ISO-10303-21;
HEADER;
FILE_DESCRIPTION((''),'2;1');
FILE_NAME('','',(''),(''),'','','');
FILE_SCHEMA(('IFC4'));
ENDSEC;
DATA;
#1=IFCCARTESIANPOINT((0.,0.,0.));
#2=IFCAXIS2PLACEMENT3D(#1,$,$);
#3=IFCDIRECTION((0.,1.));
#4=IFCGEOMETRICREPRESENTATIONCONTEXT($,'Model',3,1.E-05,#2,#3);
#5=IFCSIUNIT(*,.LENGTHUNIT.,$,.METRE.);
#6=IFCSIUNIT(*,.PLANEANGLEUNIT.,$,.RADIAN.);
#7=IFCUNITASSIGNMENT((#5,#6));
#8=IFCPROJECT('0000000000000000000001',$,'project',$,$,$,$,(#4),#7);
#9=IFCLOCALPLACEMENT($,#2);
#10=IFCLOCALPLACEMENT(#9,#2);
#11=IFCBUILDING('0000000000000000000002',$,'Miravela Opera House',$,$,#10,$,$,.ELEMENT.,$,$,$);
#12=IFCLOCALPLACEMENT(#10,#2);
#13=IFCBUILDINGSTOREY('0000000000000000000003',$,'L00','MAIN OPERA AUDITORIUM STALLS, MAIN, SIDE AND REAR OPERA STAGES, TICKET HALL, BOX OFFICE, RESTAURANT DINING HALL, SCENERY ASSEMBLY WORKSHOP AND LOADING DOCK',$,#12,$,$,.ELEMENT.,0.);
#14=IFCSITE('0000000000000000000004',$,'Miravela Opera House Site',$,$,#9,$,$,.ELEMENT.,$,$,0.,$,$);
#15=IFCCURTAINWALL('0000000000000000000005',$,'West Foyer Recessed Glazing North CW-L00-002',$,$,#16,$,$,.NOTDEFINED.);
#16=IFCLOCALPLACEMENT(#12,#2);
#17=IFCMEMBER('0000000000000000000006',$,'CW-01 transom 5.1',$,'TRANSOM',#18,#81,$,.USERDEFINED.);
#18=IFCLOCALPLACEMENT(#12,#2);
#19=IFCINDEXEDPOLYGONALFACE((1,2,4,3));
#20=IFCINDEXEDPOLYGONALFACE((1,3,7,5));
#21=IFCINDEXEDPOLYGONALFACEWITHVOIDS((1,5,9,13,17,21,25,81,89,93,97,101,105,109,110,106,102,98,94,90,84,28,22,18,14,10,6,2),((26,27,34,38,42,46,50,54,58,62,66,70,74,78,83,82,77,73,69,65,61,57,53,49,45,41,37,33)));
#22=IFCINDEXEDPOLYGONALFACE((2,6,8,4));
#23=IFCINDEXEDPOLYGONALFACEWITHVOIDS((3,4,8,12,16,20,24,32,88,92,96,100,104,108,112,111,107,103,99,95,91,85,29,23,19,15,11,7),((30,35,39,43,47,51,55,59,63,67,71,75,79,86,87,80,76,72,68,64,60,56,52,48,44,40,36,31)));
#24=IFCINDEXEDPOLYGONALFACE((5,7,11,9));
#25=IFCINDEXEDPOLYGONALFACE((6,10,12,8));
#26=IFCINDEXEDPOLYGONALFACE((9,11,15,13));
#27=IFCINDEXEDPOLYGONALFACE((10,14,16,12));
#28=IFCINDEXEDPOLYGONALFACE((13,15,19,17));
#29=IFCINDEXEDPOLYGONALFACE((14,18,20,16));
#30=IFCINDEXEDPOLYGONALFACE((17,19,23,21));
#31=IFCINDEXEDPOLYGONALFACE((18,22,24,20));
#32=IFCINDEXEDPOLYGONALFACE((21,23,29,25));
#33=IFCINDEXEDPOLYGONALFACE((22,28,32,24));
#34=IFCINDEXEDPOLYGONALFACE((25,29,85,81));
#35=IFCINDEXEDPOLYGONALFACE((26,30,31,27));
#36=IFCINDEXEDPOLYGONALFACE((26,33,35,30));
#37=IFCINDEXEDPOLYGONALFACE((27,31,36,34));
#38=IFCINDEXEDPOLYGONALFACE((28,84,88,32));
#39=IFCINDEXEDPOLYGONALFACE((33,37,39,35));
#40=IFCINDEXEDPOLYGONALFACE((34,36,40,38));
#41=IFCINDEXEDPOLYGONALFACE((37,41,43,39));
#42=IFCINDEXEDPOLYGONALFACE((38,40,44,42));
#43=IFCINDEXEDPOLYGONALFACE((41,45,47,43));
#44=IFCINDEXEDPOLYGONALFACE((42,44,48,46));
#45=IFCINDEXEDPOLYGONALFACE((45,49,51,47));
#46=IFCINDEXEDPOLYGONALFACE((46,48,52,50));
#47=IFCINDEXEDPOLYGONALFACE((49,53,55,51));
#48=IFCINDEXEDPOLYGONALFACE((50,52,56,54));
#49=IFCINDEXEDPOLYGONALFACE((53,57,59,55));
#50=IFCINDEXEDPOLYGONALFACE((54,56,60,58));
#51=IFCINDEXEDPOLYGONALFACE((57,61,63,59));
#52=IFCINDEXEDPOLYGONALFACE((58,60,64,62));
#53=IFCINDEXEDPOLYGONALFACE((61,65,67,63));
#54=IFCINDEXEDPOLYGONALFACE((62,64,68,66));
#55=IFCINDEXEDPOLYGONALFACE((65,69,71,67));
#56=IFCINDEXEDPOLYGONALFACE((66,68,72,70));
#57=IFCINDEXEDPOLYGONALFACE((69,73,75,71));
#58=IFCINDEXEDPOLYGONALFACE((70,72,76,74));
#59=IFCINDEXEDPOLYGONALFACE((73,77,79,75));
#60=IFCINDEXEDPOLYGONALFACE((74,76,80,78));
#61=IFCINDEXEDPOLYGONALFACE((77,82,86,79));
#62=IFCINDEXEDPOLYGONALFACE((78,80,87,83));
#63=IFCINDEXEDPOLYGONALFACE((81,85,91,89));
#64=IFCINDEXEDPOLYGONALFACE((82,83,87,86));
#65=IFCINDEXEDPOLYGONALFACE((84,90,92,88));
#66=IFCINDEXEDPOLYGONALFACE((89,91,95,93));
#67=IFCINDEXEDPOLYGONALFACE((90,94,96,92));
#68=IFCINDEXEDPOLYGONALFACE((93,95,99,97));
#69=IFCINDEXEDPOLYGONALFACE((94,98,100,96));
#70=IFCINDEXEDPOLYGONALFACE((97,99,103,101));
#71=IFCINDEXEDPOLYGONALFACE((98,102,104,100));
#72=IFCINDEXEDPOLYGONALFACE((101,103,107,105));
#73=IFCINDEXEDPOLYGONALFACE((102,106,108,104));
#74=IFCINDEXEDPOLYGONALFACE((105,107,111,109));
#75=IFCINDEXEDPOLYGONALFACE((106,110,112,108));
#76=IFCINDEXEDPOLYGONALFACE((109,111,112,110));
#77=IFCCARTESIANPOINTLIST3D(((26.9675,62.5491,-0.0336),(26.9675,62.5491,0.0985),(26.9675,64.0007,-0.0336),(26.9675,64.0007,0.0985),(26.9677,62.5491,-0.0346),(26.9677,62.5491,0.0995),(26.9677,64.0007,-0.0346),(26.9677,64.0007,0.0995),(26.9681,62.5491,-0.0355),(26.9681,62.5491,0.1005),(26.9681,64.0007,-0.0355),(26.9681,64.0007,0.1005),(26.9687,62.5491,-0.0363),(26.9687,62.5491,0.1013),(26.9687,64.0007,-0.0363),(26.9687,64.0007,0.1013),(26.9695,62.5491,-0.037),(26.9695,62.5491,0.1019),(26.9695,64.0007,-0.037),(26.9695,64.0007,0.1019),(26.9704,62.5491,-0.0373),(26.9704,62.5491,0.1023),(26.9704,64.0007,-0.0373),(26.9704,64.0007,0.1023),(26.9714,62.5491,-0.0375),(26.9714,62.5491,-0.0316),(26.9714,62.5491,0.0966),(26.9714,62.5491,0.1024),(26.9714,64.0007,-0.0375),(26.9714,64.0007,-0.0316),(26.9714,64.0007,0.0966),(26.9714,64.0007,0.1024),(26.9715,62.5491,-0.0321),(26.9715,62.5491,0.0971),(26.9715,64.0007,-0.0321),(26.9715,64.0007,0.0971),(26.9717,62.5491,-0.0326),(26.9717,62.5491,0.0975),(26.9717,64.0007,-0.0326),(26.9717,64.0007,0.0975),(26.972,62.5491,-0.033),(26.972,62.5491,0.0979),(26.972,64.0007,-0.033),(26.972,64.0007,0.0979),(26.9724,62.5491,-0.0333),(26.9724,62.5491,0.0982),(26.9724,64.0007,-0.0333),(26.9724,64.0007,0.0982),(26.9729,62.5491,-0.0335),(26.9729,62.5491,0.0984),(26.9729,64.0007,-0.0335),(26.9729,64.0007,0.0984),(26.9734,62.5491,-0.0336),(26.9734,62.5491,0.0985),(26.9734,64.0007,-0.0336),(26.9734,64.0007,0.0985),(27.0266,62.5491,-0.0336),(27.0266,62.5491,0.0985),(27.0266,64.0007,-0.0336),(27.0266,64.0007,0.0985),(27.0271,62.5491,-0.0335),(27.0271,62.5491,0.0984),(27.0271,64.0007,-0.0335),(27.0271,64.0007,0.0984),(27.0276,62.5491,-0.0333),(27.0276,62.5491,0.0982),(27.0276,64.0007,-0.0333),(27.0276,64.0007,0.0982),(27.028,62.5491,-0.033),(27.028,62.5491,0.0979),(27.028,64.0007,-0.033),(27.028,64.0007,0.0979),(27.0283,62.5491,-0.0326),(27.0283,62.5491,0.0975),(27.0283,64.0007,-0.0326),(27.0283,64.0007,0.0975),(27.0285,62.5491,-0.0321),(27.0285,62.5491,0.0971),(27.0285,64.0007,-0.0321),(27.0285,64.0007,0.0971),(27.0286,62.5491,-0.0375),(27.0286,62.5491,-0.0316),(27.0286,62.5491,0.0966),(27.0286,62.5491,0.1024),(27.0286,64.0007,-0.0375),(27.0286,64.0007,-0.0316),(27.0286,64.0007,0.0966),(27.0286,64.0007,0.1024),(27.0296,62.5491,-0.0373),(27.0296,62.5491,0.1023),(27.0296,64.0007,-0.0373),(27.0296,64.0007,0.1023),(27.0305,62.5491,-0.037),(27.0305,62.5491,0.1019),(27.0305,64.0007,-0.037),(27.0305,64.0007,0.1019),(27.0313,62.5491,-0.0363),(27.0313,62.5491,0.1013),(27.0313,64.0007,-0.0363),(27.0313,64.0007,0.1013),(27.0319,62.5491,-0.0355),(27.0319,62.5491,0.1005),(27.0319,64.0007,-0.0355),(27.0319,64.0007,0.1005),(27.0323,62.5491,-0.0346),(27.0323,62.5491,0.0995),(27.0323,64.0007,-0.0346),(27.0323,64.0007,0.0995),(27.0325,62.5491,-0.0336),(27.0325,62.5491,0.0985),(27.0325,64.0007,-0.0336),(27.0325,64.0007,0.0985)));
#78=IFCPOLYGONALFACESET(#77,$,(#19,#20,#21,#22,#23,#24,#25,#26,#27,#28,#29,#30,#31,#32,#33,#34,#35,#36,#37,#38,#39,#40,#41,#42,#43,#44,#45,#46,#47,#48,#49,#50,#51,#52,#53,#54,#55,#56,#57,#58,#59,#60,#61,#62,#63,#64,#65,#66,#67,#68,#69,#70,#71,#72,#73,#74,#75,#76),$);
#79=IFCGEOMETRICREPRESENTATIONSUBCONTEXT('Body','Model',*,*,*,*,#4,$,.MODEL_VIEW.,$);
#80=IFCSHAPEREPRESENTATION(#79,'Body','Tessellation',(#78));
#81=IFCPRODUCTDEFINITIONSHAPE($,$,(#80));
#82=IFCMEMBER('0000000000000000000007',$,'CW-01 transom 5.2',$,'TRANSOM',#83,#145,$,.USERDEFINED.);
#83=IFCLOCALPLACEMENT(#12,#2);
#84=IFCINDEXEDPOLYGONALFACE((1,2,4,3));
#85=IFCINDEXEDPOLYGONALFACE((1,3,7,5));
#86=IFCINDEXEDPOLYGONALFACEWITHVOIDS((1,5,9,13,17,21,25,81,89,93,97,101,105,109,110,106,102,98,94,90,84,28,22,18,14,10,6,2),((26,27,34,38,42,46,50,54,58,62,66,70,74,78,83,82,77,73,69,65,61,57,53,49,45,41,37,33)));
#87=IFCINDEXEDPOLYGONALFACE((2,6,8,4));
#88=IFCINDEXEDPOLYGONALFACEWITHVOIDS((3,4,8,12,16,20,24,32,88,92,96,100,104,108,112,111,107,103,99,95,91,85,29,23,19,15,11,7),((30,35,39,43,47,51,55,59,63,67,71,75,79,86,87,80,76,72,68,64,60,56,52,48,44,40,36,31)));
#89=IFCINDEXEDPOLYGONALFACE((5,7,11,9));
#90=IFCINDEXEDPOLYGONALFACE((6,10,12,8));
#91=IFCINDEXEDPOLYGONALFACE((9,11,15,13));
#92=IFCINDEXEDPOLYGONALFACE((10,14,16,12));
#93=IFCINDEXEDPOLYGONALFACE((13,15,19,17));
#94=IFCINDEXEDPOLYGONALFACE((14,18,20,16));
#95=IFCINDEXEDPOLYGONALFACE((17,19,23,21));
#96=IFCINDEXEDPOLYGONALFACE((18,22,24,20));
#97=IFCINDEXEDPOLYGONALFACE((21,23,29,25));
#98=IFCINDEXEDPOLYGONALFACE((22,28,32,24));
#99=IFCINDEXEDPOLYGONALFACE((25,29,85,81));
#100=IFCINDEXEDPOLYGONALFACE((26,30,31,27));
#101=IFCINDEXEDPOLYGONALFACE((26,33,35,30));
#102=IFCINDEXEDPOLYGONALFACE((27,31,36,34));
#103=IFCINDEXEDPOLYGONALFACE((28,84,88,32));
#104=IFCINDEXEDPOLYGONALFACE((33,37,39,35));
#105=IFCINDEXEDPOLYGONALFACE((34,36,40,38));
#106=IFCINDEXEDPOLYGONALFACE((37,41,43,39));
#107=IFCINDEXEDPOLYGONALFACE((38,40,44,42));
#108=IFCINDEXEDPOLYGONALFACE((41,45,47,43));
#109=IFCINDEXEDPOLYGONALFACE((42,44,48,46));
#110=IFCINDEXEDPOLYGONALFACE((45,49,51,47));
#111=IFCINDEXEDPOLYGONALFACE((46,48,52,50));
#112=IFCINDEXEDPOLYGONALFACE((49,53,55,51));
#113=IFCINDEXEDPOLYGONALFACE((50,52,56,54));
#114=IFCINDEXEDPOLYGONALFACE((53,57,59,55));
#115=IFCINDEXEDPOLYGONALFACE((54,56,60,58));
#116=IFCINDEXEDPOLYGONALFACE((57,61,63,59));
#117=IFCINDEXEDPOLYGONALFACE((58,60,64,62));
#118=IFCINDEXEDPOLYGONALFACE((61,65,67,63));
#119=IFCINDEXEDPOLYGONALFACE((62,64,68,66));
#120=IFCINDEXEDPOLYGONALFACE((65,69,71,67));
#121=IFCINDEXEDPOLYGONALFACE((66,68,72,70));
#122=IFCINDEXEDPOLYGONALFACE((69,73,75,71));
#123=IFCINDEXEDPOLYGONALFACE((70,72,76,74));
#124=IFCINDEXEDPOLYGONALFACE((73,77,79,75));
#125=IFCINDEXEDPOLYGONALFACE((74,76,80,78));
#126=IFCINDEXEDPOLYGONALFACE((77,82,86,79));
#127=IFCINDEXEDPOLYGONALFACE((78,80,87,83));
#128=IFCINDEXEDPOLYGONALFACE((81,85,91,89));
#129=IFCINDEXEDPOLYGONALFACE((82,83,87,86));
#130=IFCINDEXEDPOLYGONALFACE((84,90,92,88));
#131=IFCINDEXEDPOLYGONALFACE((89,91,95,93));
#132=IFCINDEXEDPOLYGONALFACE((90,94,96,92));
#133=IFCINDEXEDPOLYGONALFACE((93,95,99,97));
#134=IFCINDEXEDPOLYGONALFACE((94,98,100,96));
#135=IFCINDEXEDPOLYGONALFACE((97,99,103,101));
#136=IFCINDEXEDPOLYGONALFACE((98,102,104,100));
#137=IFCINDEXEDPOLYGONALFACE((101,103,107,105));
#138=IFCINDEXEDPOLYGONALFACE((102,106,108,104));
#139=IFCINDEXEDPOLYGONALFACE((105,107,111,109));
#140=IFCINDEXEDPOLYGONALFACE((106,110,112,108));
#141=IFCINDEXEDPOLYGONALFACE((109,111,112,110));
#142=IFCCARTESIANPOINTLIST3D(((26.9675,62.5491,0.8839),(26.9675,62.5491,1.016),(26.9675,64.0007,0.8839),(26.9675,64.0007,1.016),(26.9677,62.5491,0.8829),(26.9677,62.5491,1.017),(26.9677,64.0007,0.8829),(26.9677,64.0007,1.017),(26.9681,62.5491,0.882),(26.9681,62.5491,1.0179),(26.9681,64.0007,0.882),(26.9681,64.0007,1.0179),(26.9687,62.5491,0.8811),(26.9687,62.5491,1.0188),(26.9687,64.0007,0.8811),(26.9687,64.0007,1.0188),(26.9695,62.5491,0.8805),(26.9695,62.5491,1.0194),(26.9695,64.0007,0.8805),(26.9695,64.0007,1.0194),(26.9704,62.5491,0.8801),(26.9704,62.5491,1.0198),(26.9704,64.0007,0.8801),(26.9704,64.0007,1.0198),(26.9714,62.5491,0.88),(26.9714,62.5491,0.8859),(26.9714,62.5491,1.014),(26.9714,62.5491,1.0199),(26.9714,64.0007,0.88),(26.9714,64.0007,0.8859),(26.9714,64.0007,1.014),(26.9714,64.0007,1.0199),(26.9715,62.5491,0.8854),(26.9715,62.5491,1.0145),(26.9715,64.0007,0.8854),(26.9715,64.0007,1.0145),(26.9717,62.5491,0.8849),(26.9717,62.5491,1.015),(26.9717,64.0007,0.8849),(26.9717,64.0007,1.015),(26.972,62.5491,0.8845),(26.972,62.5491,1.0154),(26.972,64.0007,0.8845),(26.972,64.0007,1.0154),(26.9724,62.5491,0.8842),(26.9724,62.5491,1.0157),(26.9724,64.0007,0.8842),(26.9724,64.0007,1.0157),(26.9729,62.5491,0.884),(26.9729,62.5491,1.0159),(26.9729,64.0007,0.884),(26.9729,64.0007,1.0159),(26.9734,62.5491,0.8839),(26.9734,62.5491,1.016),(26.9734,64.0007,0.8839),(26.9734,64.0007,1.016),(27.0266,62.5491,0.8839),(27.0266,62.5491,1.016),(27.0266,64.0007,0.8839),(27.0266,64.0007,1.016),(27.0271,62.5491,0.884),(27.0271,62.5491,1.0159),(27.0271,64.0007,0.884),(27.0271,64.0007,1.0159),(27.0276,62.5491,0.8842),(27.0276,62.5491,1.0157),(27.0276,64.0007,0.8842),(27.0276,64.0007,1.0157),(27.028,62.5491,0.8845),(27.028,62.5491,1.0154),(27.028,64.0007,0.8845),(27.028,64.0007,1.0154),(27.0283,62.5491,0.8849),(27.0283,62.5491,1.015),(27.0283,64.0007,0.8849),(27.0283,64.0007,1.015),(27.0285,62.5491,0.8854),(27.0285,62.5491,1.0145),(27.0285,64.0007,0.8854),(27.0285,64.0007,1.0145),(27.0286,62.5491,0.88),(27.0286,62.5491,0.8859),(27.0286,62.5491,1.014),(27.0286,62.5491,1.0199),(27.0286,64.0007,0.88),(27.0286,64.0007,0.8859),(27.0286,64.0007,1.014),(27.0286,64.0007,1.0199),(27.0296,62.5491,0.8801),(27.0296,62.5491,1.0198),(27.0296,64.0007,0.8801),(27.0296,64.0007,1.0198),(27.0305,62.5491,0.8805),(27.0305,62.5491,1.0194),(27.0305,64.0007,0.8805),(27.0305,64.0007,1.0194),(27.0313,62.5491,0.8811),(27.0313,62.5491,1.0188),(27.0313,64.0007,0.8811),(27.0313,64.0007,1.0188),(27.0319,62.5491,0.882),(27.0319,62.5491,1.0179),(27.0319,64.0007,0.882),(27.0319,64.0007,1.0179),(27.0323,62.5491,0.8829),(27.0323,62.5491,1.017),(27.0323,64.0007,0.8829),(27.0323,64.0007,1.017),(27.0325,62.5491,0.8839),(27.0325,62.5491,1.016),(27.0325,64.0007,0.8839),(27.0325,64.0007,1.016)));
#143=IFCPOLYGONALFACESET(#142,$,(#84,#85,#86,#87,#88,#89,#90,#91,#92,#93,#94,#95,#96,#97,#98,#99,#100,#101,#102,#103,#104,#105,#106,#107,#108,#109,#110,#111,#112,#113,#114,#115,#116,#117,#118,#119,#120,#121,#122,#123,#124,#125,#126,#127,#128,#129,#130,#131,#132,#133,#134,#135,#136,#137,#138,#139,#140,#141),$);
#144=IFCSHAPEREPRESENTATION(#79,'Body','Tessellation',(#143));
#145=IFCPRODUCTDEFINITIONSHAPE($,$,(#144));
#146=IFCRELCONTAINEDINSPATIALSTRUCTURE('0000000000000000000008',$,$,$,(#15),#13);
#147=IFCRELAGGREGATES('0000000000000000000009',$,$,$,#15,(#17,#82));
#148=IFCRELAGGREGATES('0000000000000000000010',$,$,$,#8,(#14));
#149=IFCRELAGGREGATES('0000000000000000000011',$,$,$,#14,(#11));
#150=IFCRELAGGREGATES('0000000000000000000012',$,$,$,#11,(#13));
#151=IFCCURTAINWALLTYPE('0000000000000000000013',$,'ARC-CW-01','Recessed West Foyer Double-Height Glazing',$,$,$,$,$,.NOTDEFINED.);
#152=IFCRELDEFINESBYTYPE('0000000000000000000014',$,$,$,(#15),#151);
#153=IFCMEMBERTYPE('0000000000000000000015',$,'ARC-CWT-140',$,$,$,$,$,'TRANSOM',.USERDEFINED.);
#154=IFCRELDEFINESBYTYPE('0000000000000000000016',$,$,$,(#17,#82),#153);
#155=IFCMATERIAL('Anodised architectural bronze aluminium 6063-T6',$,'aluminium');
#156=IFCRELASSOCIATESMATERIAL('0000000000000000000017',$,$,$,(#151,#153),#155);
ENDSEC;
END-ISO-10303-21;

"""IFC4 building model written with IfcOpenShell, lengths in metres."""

from ifc_helpers import new_model, si_unit, direction, frame, origin, origin_2d, place, context, subcontext, project, spatial, hollow_rectangle, extrude, material, material_profile, profile_set, type_object, element, aggregate, save


model = new_model("IFC4")

# Units and contexts
model_context = context("Model", 3, precision=1e-05, world=origin(), true_north=direction((0.0, 1.0)))
body_context = subcontext(model_context, "Body", "Model", "MODEL_VIEW")
ifc_project = project(units=[si_unit("LENGTHUNIT", "METRE"), si_unit("PLANEANGLEUNIT", "RADIAN")], contexts=[model_context])

# Site, building, storey
site_placement = place(None, origin())
site = spatial("IfcSite", under=ifc_project, at=site_placement, Name="Miravela Opera House Site", CompositionType="ELEMENT", RefElevation=0.0)
building_placement = place(site_placement, origin())
building = spatial("IfcBuilding", under=site, at=building_placement, Name="Miravela Opera House", CompositionType="ELEMENT")
storey_placement = place(building_placement, origin())
storey = spatial("IfcBuildingStorey", under=building, at=storey_placement, Name="L00", Description="MAIN OPERA AUDITORIUM STALLS, MAIN, SIDE AND REAR OPERA STAGES, TICKET HALL, BOX OFFICE, RESTAURANT DINING HALL, SCENERY ASSEMBLY WORKSHOP AND LOADING DOCK", CompositionType="ELEMENT", Elevation=0.0)

# Curtain wall, members
ifc_material_1 = material(Name="Anodised architectural bronze aluminium 6063-T6", Category="aluminium")
curtain_wall_type = type_object("IfcCurtainWallType", Name="ARC-CW-01", Description="Recessed West Foyer Double-Height Glazing", PredefinedType="NOTDEFINED", material=ifc_material_1)
curtain_wall_placement = place(storey_placement, origin())
curtain_wall = element("IfcCurtainWall", 1, at=curtain_wall_placement, inside=storey, type_object=curtain_wall_type, Name="West Foyer Recessed Glazing North CW-L00-002", PredefinedType="NOTDEFINED")
ifc_material_profile_1 = material_profile(ifc_material_1, hollow_rectangle(XDim=0.0649, YDim=0.1399, WallThickness=0.0039, InnerFilletRadius=0.002, OuterFilletRadius=0.0039, at=origin_2d()), Name="CWT-65X140")
ifc_profile_set_1 = profile_set([ifc_material_profile_1])
member_type_1 = type_object("IfcMemberType", Name="ARC-CWT-140", ElementType="TRANSOM", PredefinedType="USERDEFINED", material=ifc_profile_set_1)
member_1_placement = place(storey_placement, frame((27.0, 62.5491, 0.0325), z_axis=(0.0, 1.0, 0.0), x_axis=(-1.0, 0.0, 0.0)))
member_1 = element("IfcMember", 2, at=member_1_placement, type_object=member_type_1, Name="CW-01 transom 5.1", ObjectType="TRANSOM", PredefinedType="USERDEFINED", context=body_context, shape_type="SweptSolid", body=[
    extrude(hollow_rectangle(XDim=0.0649, YDim=0.1399, WallThickness=0.0039, InnerFilletRadius=0.002, OuterFilletRadius=0.0039, at=origin_2d()), origin(), (0.0, 0.0, 1.0), 1.4517),
])
member_2_placement = place(storey_placement, frame((27.0, 62.5491, 0.95), z_axis=(0.0, 1.0, 0.0), x_axis=(-1.0, 0.0, 0.0)))
member_2 = element("IfcMember", 3, at=member_2_placement, type_object=member_type_1, Name="CW-01 transom 5.2", ObjectType="TRANSOM", PredefinedType="USERDEFINED", context=body_context, shape_type="SweptSolid", body=[
    extrude(hollow_rectangle(XDim=0.0649, YDim=0.1399, WallThickness=0.0039, InnerFilletRadius=0.002, OuterFilletRadius=0.0039, at=origin_2d()), origin(), (0.0, 0.0, 1.0), 1.4517),
])

aggregate(curtain_wall, [member_1, member_2])

save(model, "model.ifc")
